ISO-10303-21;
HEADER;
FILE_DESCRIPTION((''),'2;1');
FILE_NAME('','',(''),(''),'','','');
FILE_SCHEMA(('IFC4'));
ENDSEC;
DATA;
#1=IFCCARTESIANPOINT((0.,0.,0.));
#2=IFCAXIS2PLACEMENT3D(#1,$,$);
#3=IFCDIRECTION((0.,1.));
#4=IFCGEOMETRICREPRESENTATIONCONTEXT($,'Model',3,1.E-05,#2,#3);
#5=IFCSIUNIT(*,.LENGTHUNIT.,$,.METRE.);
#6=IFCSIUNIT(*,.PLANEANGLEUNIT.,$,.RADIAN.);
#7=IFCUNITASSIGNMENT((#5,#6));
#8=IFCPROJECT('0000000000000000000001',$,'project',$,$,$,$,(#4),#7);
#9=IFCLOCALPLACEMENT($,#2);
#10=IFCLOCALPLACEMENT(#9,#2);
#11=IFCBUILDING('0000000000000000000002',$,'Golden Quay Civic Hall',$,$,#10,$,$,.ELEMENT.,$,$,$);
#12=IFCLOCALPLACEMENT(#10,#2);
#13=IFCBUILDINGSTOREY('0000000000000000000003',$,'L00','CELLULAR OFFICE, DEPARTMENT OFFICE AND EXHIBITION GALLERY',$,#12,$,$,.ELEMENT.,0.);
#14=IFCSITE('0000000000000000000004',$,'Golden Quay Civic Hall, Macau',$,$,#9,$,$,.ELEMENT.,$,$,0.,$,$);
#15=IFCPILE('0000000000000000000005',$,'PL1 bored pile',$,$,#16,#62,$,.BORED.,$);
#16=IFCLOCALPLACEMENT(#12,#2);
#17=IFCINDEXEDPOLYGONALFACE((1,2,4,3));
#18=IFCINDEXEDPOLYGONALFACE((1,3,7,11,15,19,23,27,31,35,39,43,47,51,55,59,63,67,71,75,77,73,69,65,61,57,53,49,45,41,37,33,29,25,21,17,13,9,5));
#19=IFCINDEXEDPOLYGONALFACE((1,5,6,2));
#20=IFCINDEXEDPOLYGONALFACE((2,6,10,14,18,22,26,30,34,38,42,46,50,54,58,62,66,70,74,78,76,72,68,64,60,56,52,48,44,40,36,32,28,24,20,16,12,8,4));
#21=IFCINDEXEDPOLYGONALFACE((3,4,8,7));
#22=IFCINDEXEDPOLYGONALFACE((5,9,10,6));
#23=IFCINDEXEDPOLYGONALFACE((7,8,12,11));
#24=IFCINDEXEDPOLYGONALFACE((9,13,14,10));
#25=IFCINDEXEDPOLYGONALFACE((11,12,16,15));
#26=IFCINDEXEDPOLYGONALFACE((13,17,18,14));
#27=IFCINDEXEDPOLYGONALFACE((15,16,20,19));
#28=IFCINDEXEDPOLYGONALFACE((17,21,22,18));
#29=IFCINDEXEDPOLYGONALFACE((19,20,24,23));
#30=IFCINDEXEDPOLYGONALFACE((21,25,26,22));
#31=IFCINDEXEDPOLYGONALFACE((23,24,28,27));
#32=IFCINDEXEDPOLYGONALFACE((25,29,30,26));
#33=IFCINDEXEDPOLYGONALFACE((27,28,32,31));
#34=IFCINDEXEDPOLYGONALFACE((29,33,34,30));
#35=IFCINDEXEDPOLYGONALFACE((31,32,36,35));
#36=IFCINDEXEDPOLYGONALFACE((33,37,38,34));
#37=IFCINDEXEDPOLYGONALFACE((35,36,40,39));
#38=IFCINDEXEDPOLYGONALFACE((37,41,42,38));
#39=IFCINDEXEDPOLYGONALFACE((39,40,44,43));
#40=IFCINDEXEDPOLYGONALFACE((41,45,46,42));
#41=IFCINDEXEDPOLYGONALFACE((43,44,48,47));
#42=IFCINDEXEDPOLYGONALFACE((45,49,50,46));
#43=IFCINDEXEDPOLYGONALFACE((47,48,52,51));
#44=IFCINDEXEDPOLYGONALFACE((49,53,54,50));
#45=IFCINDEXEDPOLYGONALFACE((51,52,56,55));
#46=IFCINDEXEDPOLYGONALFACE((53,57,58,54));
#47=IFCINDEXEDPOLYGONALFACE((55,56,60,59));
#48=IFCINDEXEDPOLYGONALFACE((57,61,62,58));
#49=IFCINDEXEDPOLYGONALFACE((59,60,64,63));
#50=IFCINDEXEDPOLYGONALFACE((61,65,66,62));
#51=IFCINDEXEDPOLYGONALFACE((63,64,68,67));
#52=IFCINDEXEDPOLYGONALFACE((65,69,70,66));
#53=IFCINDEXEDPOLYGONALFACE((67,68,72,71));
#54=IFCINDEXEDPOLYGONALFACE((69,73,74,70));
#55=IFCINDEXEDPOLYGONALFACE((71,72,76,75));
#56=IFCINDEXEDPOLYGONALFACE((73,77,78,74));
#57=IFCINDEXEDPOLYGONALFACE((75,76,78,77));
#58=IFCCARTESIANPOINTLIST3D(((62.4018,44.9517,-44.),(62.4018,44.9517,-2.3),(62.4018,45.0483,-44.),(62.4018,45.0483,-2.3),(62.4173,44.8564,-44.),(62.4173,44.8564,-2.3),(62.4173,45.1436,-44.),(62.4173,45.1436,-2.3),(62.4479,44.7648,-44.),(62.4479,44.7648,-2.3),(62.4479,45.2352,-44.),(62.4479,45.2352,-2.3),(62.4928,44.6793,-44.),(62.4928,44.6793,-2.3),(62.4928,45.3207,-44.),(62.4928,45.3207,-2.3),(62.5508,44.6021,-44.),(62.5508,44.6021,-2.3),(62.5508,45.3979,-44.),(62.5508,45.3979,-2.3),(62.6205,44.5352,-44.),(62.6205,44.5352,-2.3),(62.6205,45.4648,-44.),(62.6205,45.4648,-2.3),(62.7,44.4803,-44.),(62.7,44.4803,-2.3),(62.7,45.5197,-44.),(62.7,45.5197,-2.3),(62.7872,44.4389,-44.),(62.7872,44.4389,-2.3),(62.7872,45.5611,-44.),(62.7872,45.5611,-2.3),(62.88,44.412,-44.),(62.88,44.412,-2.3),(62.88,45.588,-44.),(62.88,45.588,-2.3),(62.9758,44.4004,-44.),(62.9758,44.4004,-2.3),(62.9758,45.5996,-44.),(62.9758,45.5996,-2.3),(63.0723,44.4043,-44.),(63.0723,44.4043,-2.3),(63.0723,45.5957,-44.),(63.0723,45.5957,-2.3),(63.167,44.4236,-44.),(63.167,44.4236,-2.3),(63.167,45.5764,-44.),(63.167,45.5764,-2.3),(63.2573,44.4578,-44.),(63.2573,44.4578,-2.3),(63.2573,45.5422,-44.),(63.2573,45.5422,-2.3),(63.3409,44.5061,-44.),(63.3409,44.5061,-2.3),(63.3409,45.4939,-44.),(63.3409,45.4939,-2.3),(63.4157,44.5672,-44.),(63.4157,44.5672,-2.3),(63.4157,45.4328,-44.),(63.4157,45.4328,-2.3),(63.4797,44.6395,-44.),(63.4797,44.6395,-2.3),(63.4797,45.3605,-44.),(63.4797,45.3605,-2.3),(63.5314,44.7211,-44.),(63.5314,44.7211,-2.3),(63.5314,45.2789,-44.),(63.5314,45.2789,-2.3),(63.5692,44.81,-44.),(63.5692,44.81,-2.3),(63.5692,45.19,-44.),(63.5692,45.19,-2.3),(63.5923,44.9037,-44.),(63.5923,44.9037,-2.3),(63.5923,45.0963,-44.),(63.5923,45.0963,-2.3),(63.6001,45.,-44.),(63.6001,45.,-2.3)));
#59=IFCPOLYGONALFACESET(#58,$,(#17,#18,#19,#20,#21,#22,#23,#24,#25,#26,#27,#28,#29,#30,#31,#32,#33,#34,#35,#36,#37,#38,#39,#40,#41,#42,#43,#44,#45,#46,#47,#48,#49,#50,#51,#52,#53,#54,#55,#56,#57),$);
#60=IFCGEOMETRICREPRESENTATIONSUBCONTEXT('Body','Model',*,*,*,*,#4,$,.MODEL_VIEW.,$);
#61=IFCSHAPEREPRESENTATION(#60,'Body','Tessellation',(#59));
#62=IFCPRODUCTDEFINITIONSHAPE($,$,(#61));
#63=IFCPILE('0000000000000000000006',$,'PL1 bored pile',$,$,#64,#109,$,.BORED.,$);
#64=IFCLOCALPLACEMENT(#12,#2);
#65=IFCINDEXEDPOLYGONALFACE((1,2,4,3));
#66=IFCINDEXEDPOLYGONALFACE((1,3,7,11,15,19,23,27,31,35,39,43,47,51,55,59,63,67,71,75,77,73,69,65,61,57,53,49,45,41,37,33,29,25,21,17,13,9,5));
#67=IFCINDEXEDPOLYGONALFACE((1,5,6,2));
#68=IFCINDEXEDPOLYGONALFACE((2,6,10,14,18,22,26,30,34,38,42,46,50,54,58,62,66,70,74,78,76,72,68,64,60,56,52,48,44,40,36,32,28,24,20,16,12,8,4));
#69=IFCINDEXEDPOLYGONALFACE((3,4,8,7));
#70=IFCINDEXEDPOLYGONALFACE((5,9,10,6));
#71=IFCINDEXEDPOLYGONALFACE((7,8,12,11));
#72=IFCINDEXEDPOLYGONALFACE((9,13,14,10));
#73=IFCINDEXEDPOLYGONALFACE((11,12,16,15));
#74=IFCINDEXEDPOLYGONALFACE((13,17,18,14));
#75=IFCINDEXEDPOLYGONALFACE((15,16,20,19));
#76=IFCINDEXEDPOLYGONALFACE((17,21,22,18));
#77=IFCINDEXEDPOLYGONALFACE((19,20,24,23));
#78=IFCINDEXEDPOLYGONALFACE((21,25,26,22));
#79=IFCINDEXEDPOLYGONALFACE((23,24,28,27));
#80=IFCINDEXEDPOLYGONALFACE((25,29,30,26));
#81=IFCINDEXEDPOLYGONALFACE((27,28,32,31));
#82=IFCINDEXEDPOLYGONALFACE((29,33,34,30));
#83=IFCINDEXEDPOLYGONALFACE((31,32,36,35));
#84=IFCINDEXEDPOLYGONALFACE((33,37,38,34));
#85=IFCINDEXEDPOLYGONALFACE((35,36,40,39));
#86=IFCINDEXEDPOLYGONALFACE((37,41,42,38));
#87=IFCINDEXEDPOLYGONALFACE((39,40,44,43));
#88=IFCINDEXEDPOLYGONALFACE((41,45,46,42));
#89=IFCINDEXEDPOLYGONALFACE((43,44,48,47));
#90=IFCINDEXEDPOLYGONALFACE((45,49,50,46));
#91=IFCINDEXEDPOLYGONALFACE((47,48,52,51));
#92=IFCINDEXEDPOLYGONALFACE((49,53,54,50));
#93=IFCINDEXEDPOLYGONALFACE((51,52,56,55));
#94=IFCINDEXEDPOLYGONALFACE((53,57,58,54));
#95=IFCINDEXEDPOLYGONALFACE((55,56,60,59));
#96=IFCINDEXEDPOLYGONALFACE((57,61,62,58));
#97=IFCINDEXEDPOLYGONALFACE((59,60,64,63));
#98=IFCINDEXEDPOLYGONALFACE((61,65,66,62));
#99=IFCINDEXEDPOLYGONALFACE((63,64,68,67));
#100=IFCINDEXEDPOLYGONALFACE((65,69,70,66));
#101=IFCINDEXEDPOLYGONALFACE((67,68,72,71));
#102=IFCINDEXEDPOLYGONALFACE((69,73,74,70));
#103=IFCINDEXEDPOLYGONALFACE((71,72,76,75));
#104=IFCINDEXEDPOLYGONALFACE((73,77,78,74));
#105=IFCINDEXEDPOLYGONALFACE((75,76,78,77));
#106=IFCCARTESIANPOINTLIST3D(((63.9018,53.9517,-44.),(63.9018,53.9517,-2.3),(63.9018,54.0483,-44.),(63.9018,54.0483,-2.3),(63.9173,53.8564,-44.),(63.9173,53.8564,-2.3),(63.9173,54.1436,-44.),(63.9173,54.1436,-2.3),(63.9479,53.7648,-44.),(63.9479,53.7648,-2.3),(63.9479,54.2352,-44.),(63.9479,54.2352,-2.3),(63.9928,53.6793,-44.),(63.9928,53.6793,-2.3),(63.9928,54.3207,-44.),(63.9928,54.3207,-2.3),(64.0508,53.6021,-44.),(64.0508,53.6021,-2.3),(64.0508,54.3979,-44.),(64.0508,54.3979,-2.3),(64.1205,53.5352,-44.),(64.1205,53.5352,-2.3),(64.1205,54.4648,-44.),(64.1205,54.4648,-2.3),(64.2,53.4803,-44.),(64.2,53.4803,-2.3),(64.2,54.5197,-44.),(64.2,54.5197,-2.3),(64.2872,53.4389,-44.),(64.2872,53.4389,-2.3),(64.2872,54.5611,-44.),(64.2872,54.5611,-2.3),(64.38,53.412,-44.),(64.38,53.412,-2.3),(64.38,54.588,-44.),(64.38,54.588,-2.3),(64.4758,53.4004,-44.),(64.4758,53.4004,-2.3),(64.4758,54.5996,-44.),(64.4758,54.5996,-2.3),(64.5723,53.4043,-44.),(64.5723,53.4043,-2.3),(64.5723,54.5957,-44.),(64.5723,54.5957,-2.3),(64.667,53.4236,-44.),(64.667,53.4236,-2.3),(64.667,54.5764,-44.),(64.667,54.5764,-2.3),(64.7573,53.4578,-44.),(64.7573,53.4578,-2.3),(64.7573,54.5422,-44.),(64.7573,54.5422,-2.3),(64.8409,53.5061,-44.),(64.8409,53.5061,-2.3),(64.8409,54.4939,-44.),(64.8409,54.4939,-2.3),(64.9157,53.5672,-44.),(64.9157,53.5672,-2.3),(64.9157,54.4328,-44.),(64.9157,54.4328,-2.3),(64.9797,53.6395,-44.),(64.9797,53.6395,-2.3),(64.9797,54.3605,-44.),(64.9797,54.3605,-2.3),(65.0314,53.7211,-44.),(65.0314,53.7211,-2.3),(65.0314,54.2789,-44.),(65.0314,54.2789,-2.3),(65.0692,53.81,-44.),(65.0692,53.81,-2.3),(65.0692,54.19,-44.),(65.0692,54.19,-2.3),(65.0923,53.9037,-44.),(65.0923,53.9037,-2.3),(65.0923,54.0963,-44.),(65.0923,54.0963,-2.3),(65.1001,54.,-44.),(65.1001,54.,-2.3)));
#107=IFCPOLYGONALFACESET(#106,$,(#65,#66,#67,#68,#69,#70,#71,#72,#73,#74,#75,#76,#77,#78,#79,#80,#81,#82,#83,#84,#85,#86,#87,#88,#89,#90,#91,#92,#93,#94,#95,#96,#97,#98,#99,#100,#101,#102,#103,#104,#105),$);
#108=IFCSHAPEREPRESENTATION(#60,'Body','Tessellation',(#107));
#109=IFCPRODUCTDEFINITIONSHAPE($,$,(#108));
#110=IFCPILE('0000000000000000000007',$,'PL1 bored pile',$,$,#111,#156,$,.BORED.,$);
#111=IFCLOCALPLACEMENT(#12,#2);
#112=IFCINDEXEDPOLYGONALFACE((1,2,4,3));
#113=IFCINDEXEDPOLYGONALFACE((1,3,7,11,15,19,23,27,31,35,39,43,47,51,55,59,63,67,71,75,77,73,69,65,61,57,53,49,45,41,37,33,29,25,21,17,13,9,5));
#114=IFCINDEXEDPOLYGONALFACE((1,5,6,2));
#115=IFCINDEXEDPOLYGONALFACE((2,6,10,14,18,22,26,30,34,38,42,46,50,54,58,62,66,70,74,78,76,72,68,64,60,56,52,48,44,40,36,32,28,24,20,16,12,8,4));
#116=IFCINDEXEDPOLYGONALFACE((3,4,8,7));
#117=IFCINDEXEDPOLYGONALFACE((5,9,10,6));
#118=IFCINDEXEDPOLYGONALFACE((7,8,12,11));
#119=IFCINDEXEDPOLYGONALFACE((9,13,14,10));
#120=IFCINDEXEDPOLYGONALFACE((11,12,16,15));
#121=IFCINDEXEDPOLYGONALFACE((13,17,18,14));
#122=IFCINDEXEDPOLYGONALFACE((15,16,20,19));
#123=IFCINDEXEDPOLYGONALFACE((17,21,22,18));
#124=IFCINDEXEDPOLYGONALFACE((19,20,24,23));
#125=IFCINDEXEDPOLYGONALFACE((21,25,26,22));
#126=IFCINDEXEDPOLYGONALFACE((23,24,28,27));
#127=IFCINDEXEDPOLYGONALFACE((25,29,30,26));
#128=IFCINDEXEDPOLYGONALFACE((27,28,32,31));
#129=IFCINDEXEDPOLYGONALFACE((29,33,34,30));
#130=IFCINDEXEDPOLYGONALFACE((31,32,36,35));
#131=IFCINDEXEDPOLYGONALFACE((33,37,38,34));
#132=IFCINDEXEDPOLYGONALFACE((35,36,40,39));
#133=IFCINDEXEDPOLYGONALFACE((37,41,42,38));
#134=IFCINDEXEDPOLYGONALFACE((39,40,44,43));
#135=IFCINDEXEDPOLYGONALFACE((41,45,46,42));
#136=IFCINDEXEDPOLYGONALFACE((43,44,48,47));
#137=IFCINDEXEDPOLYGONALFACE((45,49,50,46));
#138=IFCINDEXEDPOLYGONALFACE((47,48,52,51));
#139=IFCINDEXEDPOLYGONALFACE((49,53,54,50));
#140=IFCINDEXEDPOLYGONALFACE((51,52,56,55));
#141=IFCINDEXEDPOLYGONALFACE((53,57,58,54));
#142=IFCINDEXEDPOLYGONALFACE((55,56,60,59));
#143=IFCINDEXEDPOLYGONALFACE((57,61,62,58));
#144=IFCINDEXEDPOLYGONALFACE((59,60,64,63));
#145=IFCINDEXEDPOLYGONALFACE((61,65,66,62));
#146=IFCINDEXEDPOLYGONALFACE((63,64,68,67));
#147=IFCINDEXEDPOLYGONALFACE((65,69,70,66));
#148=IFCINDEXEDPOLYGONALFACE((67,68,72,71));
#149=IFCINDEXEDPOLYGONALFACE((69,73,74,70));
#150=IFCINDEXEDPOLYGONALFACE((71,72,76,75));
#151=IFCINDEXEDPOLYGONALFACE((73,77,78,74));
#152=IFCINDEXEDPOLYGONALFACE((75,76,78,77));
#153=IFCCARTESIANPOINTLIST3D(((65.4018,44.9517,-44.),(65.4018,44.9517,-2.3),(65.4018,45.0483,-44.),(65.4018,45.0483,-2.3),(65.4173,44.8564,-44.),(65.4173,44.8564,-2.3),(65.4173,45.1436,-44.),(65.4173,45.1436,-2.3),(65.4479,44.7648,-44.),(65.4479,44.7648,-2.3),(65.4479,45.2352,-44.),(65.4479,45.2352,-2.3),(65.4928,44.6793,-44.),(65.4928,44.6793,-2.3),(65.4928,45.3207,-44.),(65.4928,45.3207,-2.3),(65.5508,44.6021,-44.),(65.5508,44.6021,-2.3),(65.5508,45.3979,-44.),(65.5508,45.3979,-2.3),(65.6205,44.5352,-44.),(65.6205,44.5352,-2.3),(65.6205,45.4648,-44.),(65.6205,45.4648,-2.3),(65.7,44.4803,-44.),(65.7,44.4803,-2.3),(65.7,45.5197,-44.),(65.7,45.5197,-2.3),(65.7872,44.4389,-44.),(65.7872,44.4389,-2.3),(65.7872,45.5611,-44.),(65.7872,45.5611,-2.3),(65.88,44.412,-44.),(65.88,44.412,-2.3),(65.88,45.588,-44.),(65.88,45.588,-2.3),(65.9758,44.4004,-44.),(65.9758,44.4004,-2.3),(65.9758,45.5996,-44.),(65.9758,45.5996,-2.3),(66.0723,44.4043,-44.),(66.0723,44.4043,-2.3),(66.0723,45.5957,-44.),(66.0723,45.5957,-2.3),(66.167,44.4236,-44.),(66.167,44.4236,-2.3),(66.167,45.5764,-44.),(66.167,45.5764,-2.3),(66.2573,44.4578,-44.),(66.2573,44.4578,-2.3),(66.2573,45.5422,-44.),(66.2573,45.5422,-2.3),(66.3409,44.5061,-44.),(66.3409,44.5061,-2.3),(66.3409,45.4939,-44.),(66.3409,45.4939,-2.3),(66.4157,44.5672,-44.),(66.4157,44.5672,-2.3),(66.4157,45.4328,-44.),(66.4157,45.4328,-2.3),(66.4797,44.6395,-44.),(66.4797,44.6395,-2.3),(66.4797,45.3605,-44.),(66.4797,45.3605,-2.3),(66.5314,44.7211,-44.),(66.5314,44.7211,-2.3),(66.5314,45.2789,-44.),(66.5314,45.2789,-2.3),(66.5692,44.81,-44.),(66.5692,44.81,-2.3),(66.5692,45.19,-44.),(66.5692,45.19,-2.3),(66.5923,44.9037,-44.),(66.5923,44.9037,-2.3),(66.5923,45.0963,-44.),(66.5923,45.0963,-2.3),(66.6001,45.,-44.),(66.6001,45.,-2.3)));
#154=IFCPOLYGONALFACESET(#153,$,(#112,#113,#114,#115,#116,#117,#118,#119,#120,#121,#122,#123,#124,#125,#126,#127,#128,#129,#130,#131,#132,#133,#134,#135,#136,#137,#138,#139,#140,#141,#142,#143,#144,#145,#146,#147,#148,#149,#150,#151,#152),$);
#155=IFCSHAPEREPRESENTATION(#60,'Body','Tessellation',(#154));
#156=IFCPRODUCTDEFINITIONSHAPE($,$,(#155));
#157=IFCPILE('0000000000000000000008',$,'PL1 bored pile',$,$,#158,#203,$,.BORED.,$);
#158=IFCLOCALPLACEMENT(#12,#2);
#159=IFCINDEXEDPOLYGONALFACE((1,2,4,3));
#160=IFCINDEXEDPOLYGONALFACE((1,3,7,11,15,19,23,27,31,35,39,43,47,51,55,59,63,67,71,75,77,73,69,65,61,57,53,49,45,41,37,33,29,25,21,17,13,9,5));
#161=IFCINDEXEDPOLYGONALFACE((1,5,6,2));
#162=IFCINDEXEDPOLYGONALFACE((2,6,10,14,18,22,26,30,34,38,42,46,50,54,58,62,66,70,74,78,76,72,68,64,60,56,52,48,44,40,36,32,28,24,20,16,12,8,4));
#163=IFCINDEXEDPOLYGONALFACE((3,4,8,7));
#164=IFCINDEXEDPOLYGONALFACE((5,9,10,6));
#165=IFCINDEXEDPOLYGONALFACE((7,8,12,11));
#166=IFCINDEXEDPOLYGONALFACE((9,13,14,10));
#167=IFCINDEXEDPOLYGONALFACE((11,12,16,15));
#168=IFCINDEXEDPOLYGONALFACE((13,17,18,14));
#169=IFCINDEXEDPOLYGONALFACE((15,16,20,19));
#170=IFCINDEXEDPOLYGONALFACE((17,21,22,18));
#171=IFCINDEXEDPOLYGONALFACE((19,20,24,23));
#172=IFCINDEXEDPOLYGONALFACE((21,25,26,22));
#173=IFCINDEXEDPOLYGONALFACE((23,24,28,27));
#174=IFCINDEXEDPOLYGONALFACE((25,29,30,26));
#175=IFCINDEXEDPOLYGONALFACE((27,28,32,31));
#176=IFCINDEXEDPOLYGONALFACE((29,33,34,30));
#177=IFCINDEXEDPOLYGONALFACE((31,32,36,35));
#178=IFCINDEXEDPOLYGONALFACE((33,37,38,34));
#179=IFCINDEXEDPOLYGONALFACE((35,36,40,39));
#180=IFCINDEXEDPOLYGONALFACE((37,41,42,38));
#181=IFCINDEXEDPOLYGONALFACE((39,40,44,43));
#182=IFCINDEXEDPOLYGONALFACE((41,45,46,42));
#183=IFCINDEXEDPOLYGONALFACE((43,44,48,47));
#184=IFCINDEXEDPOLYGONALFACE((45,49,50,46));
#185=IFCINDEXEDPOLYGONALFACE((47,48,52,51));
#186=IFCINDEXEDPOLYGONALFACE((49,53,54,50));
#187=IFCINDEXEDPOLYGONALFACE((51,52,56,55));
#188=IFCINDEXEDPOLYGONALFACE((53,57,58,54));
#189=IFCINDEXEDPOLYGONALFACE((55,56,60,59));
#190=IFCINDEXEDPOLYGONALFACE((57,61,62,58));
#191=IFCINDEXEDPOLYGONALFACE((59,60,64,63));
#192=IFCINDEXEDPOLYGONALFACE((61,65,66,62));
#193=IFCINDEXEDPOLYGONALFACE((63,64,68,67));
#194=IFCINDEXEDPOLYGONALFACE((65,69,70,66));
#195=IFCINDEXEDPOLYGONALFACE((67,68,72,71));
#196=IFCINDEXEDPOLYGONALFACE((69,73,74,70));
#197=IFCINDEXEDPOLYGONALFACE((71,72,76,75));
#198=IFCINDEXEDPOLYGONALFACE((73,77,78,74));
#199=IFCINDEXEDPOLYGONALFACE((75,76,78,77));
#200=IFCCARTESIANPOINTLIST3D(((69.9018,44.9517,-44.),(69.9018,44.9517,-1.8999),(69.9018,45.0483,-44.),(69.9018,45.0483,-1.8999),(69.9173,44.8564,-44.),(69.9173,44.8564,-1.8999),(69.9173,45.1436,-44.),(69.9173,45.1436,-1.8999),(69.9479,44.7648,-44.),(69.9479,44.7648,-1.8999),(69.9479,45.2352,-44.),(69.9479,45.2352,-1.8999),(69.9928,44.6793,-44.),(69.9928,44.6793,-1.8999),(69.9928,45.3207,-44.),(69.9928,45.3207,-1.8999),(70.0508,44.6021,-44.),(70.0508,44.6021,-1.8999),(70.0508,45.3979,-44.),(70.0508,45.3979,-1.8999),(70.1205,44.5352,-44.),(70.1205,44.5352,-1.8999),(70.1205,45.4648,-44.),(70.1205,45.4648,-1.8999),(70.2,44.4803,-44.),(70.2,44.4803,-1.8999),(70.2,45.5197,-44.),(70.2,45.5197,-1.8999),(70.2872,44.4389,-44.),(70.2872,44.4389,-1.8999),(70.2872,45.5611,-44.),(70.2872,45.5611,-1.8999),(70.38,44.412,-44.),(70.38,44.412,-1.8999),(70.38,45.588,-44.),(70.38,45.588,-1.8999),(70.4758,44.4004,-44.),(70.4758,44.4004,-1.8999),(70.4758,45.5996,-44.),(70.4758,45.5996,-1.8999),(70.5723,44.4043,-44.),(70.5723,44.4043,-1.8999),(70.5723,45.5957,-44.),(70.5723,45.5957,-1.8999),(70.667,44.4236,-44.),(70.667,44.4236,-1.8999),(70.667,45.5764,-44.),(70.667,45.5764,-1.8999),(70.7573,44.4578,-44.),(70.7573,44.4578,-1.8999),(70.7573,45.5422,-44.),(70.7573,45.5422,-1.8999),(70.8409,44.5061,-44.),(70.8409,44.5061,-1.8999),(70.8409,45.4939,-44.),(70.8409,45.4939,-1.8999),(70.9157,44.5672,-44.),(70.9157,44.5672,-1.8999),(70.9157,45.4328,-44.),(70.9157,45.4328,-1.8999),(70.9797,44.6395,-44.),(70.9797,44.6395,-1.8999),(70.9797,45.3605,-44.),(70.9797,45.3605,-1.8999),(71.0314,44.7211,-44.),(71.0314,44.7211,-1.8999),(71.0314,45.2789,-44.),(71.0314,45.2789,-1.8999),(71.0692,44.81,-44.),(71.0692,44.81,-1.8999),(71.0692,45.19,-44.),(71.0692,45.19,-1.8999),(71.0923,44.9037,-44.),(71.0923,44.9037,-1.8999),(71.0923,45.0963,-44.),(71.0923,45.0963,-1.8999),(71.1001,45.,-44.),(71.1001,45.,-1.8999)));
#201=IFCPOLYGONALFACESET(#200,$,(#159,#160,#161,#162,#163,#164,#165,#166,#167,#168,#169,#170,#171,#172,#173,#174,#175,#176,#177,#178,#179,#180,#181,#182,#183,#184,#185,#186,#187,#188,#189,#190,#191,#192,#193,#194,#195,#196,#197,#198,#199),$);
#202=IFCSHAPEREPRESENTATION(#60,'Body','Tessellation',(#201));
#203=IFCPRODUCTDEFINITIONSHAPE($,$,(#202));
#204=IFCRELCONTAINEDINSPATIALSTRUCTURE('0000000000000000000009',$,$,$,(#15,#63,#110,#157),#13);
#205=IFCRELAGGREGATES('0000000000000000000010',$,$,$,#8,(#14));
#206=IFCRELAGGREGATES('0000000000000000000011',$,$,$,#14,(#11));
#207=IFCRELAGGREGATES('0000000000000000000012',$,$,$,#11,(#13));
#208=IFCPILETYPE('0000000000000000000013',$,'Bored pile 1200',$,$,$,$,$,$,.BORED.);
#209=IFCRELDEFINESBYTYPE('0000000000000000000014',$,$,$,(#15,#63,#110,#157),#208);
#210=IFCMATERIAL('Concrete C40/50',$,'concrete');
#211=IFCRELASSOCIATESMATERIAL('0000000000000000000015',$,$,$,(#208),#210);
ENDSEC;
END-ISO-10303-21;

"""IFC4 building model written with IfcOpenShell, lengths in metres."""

from ifc_helpers import new_model, si_unit, direction, frame, origin, origin_2d, place, context, subcontext, project, spatial, circle, extrude, material, material_profile, profile_set, type_object, element, save


model = new_model("IFC4")

# Units and contexts
model_context = context("Model", 3, precision=1e-05, world=origin(), true_north=direction((0.0, 1.0)))
body_context = subcontext(model_context, "Body", "Model", "MODEL_VIEW")
ifc_project = project(units=[si_unit("LENGTHUNIT", "METRE"), si_unit("PLANEANGLEUNIT", "RADIAN")], contexts=[model_context])

# Site, building, storey
site_placement = place(None, origin())
site = spatial("IfcSite", under=ifc_project, at=site_placement, Name="Golden Quay Civic Hall, Macau", CompositionType="ELEMENT", RefElevation=0.0)
building_placement = place(site_placement, origin())
building = spatial("IfcBuilding", under=site, at=building_placement, Name="Golden Quay Civic Hall", CompositionType="ELEMENT")
storey_placement = place(building_placement, origin())
storey = spatial("IfcBuildingStorey", under=building, at=storey_placement, Name="L00", Description="CELLULAR OFFICE, DEPARTMENT OFFICE AND EXHIBITION GALLERY", CompositionType="ELEMENT", Elevation=0.0)

# Piles
ifc_material_1 = material(Name="Concrete C40/50", Category="concrete")
ifc_material_profile_1 = material_profile(ifc_material_1, circle(Radius=0.6001, at=origin_2d()), Name="RC D1200")
ifc_profile_set_1 = profile_set([ifc_material_profile_1], Name="Concrete C40/50")
pile_type_1 = type_object("IfcPileType", Name="Bored pile 1200", PredefinedType="BORED", material=ifc_profile_set_1)
for number, where, z_axis, x_axis, name in (
    (1, (63.0, 45.0, -2.3), (0.0, 0.0, -1.0), (1.0, 0.0, 0.0), "PL1 bored pile"),
    (2, (64.5, 54.0, -2.3), (0.0, 0.0, -1.0), (1.0, 0.0, 0.0), "PL1 bored pile"),
    (3, (66.0, 45.0, -2.3), (0.0, 0.0, -1.0), (1.0, 0.0, 0.0), "PL1 bored pile"),
):
    element("IfcPile", number, at=place(storey_placement, frame(where, z_axis=z_axis, x_axis=x_axis)), inside=storey, type_object=pile_type_1, Name=name, PredefinedType="BORED", context=body_context, shape_type="SweptSolid", body=[
        extrude(circle(Radius=0.6001, at=origin_2d()), origin(), (0.0, 0.0, 1.0), 41.7),
    ])
for number, where, z_axis, x_axis, name in (
    (4, (70.5, 45.0, -1.8999), (0.0, 0.0, -1.0), (1.0, 0.0, 0.0), "PL1 bored pile"),
):
    element("IfcPile", number, at=place(storey_placement, frame(where, z_axis=z_axis, x_axis=x_axis)), inside=storey, type_object=pile_type_1, Name=name, PredefinedType="BORED", context=body_context, shape_type="SweptSolid", body=[
        extrude(circle(Radius=0.6001, at=origin_2d()), origin(), (0.0, 0.0, 1.0), 42.1001),
    ])

save(model, "model.ifc")
